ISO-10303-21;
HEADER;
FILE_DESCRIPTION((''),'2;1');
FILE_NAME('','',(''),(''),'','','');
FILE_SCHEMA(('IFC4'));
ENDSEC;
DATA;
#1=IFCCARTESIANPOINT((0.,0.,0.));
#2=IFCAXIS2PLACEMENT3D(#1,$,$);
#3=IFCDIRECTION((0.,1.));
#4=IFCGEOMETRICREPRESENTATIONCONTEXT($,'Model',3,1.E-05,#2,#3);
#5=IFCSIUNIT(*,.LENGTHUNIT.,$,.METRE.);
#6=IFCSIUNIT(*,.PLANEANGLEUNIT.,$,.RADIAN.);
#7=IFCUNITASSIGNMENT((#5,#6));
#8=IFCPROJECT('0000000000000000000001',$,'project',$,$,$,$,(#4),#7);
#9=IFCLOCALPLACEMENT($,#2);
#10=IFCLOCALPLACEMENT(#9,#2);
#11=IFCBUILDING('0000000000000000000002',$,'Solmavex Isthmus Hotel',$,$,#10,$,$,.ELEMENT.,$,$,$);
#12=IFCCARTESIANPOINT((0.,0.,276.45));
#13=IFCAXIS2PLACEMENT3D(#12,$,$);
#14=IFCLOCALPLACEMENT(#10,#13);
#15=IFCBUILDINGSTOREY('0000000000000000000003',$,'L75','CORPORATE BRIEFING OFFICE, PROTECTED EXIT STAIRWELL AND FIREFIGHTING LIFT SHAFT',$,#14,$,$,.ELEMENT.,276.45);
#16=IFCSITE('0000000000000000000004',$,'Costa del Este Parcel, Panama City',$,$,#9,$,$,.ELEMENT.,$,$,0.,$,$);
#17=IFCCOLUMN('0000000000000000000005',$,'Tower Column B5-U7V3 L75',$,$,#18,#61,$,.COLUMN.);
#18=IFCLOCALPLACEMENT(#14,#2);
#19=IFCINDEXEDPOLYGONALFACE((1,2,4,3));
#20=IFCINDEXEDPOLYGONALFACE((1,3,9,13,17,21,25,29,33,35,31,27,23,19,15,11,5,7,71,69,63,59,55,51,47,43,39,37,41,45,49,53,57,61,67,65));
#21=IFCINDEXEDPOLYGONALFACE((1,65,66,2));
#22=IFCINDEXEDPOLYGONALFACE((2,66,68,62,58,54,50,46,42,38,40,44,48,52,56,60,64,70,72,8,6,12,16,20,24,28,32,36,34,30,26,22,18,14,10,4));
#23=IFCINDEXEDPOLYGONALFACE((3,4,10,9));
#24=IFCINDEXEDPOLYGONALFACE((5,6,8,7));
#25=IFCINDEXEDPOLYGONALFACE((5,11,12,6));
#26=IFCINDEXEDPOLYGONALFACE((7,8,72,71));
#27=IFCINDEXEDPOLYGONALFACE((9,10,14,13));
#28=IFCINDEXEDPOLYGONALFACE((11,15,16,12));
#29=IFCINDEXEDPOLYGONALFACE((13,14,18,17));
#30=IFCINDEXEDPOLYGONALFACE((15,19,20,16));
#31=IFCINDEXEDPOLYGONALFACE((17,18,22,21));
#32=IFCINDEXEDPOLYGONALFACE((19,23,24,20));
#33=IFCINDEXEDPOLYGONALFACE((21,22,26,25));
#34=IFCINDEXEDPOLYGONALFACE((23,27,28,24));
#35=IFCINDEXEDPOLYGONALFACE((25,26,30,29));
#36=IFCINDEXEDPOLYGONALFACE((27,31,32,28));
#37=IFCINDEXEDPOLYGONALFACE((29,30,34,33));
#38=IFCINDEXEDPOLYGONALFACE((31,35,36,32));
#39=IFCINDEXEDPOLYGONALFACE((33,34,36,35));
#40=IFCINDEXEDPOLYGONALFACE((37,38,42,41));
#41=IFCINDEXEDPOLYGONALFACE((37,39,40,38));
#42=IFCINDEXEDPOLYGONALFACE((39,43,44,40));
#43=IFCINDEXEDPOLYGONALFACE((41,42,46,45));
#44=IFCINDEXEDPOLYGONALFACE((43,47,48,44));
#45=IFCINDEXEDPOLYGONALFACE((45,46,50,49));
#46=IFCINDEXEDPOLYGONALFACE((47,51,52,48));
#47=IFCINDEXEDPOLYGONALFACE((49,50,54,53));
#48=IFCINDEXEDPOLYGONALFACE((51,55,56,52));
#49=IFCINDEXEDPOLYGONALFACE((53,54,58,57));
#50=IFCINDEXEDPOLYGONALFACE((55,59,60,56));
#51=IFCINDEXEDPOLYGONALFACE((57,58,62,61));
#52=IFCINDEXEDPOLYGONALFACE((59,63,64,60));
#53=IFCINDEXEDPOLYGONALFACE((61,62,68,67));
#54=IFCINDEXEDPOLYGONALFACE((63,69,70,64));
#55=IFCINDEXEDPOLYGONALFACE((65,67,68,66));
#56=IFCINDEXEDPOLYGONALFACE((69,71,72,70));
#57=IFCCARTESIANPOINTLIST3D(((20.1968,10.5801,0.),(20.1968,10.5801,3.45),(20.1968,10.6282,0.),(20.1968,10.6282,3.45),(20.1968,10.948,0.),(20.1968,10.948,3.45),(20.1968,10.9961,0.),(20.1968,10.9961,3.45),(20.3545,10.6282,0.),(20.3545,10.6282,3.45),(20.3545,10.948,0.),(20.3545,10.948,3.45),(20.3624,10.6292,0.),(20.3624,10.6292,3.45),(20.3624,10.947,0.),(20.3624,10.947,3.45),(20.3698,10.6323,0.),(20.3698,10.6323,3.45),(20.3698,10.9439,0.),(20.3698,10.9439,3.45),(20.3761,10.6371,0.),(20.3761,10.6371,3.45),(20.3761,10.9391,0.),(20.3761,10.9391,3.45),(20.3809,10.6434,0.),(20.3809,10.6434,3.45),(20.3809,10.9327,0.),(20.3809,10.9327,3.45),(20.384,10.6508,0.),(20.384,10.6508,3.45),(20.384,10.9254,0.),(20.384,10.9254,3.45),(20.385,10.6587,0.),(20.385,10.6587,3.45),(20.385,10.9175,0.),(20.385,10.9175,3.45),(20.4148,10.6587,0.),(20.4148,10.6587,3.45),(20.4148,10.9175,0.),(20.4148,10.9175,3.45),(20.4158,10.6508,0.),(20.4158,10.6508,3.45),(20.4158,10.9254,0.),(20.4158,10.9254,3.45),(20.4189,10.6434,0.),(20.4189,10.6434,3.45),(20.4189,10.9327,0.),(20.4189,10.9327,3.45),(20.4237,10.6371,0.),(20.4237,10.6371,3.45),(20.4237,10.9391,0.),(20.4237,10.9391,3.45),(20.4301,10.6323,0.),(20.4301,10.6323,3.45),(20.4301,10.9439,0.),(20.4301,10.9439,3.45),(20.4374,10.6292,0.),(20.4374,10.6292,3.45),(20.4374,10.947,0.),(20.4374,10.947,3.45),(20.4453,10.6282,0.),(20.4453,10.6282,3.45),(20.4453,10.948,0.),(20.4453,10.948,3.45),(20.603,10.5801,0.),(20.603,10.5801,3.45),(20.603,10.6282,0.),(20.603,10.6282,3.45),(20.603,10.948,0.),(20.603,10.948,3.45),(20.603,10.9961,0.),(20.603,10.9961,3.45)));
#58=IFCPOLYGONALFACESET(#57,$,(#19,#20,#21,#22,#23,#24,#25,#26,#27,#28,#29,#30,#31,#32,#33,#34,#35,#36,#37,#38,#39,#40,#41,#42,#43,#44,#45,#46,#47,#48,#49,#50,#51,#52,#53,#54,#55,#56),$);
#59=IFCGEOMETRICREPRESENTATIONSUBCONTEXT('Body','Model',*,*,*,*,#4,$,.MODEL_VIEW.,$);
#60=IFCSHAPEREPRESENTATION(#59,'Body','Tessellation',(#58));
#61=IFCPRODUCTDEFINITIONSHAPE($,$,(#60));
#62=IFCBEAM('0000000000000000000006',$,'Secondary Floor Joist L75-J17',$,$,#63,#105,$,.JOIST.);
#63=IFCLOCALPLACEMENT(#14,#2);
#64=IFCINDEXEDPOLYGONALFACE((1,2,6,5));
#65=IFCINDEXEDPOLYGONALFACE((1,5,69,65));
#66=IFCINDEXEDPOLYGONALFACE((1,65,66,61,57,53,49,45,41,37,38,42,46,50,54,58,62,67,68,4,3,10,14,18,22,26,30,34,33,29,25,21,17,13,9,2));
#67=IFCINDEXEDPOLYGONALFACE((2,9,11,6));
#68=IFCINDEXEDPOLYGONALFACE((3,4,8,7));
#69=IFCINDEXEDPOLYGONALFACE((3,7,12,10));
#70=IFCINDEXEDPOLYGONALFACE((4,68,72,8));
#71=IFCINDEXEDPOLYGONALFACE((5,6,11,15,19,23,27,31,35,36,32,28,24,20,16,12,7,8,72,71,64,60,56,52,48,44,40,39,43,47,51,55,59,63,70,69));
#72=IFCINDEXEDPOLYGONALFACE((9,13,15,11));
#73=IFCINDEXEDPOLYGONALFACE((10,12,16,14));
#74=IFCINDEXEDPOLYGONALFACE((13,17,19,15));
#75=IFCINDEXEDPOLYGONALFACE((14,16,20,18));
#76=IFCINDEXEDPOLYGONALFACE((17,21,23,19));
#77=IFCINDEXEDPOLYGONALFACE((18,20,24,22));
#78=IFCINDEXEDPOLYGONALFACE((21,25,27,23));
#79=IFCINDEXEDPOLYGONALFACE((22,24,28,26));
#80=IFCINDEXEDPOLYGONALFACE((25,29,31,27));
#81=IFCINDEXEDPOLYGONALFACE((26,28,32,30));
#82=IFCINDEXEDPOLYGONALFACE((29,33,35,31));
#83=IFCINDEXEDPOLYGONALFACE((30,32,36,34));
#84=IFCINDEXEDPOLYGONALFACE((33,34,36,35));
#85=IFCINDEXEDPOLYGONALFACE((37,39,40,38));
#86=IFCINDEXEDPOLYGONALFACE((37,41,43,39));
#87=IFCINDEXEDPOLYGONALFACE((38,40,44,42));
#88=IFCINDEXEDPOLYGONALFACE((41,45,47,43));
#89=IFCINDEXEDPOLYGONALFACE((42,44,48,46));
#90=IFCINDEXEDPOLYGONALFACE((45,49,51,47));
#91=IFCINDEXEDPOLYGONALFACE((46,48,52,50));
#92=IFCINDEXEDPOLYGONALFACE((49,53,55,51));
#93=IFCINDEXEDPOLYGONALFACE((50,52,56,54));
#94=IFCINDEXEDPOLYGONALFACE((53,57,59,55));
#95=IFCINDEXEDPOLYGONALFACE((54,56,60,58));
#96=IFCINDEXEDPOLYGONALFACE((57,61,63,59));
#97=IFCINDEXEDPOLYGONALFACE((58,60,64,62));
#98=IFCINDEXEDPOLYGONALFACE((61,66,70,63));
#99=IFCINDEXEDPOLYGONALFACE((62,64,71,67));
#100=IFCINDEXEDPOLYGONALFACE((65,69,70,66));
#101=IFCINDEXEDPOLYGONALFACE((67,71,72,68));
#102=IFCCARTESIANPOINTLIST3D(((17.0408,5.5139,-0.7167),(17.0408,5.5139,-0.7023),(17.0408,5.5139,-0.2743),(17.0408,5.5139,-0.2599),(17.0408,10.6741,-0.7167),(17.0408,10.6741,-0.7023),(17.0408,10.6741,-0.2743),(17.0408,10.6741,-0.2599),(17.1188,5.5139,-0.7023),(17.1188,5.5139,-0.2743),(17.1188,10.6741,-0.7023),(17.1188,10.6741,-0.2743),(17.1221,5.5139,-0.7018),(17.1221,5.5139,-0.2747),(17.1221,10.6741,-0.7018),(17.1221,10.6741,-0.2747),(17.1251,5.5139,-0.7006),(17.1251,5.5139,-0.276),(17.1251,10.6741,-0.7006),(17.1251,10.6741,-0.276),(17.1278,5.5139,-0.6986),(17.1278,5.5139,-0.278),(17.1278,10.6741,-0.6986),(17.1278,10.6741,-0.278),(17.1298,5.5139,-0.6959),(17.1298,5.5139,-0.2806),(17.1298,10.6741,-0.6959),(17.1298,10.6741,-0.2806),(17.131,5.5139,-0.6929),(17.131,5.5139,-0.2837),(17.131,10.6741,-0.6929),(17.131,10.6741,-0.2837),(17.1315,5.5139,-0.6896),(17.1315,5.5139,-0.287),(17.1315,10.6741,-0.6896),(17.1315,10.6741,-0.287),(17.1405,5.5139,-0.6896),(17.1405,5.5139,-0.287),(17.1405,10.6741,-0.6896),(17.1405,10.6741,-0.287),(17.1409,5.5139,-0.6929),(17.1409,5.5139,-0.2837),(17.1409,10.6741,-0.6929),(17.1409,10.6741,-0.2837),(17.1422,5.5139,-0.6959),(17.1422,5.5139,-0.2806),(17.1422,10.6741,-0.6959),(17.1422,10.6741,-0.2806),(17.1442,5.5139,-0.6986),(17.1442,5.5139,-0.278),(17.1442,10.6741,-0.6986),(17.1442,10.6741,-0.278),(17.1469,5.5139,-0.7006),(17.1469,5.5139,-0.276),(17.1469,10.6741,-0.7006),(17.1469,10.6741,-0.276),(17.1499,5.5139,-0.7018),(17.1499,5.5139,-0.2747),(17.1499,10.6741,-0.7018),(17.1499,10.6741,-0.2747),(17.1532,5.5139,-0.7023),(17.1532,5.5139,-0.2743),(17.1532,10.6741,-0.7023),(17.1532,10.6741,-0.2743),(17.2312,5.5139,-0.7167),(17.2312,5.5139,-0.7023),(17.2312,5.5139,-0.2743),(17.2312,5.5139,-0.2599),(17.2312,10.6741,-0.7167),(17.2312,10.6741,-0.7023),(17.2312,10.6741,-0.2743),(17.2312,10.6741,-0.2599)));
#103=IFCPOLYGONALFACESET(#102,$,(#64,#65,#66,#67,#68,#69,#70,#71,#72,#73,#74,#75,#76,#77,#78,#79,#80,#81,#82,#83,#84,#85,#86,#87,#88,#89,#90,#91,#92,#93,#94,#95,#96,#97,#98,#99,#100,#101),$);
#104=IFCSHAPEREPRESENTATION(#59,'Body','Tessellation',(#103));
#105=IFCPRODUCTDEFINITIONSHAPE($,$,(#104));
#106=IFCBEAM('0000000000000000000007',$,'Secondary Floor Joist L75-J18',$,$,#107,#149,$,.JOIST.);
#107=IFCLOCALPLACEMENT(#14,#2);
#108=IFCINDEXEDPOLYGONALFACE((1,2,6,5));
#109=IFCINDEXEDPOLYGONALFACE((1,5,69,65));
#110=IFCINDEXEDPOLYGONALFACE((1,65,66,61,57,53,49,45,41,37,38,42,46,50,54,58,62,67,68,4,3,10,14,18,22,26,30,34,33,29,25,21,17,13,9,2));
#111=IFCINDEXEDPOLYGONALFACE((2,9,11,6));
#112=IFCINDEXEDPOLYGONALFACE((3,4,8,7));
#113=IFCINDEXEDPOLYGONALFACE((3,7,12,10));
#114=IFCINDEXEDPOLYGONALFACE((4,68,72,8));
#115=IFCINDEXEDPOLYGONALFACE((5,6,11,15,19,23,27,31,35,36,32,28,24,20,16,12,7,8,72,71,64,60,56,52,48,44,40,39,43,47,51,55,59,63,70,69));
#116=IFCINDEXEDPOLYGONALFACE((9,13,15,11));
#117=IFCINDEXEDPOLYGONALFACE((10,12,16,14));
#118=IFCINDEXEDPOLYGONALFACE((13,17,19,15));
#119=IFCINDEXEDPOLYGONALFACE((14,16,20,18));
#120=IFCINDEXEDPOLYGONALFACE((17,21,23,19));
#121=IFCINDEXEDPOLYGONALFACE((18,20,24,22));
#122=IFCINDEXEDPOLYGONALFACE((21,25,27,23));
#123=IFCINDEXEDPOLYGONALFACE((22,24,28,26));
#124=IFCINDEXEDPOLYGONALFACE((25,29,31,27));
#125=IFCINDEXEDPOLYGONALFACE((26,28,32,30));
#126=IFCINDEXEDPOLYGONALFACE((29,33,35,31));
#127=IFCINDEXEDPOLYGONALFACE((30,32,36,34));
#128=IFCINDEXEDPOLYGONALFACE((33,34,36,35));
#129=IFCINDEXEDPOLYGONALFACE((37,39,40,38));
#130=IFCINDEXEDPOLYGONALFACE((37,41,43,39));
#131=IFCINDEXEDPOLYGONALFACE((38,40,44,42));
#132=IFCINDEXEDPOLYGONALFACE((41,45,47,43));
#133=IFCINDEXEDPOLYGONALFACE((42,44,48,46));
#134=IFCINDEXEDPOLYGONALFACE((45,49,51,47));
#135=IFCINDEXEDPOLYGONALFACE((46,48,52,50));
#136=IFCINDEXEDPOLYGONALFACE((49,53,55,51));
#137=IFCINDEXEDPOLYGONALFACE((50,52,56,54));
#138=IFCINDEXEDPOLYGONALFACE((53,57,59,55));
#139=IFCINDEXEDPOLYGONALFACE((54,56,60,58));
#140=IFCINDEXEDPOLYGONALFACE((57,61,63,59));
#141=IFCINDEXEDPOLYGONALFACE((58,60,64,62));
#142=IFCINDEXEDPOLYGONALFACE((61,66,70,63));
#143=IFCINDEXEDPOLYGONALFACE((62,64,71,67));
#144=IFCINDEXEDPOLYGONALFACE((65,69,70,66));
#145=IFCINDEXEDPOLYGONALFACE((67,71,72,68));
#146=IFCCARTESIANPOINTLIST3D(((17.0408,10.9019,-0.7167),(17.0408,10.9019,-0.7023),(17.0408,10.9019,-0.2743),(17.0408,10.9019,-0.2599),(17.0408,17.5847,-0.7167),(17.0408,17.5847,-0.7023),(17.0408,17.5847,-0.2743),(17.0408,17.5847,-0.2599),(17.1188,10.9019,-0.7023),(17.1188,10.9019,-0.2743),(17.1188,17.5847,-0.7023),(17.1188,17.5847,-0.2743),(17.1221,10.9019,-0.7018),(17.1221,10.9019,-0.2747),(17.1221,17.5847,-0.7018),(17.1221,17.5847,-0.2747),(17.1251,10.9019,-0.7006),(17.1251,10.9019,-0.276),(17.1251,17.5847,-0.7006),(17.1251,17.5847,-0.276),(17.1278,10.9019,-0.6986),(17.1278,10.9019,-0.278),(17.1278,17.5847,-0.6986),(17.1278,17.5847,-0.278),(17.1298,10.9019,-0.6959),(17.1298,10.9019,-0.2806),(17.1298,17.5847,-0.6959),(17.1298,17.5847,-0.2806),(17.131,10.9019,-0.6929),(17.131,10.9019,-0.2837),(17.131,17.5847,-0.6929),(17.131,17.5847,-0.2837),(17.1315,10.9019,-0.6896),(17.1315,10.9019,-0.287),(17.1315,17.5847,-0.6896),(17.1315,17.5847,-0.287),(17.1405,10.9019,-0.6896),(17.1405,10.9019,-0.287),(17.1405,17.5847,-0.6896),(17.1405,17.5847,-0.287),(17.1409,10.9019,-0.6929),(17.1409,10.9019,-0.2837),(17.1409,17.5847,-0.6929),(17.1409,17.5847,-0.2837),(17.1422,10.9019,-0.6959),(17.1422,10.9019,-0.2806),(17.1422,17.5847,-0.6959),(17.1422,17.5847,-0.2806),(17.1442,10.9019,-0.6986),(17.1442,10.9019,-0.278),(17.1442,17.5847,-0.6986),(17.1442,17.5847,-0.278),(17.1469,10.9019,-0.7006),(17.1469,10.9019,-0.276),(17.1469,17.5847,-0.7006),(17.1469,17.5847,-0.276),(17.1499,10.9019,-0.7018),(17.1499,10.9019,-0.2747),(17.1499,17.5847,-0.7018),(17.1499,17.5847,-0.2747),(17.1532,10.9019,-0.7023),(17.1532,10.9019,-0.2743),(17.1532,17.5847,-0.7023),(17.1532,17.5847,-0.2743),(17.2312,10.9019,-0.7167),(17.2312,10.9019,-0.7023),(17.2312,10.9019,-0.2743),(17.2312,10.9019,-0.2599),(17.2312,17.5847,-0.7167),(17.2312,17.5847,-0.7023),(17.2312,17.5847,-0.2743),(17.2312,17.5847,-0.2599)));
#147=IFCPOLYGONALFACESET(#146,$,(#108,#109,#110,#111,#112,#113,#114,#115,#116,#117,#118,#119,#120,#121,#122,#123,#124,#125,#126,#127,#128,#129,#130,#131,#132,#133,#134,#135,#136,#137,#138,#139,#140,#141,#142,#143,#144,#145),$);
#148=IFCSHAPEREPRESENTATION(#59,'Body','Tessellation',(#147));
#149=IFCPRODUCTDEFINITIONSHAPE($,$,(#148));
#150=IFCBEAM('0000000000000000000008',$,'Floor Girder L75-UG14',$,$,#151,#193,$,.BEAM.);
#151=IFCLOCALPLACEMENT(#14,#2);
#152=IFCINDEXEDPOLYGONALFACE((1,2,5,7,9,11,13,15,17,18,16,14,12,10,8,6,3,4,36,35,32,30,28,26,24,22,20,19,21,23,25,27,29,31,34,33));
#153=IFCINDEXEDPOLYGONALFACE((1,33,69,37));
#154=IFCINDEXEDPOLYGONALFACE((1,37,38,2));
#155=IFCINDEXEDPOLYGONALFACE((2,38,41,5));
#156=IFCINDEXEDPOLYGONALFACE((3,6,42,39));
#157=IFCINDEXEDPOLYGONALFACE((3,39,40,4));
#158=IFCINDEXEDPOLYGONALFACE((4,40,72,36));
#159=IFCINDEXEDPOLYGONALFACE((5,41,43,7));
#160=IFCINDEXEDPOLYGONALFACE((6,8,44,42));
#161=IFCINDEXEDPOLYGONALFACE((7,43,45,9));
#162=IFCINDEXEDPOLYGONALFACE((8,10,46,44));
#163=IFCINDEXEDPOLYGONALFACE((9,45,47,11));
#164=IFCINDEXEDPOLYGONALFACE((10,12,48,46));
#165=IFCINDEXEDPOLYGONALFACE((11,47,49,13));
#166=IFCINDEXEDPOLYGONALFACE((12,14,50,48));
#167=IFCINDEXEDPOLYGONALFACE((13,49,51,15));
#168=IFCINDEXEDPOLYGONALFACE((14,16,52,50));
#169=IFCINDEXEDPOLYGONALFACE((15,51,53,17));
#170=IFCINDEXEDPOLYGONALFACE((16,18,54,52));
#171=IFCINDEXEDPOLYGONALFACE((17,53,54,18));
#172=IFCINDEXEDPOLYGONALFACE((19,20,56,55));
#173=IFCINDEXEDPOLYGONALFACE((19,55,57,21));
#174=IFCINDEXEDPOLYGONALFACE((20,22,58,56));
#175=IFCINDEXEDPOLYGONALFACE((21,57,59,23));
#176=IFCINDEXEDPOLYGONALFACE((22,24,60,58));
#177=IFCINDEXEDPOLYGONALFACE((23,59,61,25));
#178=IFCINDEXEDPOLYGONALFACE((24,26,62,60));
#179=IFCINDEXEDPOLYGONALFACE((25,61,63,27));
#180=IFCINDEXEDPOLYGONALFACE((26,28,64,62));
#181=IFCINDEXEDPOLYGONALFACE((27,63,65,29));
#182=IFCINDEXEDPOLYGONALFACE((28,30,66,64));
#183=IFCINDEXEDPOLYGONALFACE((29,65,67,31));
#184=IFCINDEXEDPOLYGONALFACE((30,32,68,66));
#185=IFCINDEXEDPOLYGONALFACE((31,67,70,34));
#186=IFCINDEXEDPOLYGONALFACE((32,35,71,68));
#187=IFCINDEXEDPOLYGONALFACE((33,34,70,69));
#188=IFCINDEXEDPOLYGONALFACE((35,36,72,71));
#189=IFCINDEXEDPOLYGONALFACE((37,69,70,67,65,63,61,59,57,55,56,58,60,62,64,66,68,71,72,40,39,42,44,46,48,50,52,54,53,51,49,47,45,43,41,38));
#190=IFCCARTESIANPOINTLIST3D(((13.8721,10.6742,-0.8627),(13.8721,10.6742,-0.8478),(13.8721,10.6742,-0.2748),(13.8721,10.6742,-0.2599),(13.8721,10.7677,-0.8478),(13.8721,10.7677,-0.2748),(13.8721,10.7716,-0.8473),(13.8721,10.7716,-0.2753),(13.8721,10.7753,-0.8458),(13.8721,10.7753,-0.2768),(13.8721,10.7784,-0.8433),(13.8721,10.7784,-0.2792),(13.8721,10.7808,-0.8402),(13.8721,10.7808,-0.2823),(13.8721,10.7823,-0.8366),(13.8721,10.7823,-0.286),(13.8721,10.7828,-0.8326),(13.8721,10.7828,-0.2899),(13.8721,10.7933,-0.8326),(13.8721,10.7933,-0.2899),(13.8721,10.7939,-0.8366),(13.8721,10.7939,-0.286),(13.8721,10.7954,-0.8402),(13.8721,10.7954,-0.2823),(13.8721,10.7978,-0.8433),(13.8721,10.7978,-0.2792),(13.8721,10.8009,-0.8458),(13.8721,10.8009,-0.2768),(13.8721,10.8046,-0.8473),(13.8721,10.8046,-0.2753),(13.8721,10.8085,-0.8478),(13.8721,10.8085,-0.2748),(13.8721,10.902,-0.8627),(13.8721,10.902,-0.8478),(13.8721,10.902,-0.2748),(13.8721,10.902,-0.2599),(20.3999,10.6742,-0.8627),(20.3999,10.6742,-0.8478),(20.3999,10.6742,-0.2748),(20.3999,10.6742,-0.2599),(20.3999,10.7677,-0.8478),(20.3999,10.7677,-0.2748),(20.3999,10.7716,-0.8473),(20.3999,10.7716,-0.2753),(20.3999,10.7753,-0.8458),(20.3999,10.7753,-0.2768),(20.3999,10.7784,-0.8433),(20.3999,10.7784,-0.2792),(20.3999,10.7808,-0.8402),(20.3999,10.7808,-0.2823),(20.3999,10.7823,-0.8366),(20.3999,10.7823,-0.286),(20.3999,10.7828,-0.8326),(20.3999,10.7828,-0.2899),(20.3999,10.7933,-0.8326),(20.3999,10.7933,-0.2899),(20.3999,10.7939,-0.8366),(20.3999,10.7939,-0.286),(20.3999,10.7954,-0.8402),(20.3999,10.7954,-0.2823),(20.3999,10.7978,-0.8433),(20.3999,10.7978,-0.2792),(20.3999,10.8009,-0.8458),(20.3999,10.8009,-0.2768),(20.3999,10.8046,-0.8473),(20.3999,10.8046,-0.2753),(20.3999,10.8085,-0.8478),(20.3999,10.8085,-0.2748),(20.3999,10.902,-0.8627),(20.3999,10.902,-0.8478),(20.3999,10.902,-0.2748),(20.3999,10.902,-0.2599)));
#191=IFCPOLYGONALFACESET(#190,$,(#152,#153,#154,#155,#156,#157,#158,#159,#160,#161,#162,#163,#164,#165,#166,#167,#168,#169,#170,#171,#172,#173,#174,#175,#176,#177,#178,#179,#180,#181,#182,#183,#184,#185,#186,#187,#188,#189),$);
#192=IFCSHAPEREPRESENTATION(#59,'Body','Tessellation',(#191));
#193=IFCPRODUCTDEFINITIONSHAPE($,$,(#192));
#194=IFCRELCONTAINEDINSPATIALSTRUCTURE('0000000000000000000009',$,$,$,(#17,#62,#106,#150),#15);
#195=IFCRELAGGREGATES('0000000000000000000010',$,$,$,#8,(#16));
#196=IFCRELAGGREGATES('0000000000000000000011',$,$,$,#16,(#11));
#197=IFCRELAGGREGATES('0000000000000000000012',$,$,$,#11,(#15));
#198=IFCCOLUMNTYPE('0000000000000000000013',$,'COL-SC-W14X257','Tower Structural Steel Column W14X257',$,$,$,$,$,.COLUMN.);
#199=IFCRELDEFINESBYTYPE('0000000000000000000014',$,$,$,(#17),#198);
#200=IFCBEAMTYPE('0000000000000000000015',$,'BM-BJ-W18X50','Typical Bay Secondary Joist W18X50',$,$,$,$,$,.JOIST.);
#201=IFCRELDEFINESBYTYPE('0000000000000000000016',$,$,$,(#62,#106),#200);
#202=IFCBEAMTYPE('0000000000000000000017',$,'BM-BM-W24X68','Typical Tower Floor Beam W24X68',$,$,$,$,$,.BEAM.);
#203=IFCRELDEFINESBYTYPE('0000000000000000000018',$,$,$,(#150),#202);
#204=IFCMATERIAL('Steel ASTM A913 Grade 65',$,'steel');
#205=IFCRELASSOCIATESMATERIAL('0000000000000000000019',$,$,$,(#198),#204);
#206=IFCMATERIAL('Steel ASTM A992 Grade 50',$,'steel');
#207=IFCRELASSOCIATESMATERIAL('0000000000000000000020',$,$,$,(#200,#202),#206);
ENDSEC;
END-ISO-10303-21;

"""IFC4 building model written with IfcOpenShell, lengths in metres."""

from ifc_helpers import new_model, si_unit, direction, frame, origin, origin_2d, place, context, subcontext, project, spatial, i_section, extrude, material, material_profile, profile_set, type_object, element, save


model = new_model("IFC4")

# Units and contexts
model_context = context("Model", 3, precision=1e-05, world=origin(), true_north=direction((0.0, 1.0)))
body_context = subcontext(model_context, "Body", "Model", "MODEL_VIEW")
ifc_project = project(units=[si_unit("LENGTHUNIT", "METRE"), si_unit("PLANEANGLEUNIT", "RADIAN")], contexts=[model_context])

# Site, building, storey
site_placement = place(None, origin())
site = spatial("IfcSite", under=ifc_project, at=site_placement, Name="Costa del Este Parcel, Panama City", CompositionType="ELEMENT", RefElevation=0.0)
building_placement = place(site_placement, origin())
building = spatial("IfcBuilding", under=site, at=building_placement, Name="Solmavex Isthmus Hotel", CompositionType="ELEMENT")
storey_placement = place(building_placement, frame((0.0, 0.0, 276.45)))
storey = spatial("IfcBuildingStorey", under=building, at=storey_placement, Name="L75", Description="CORPORATE BRIEFING OFFICE, PROTECTED EXIT STAIRWELL AND FIREFIGHTING LIFT SHAFT", CompositionType="ELEMENT", Elevation=276.45)

# Column
ifc_material_1 = material(Name="Steel ASTM A913 Grade 65", Category="steel")
ifc_material_profile_1 = material_profile(ifc_material_1, i_section(OverallWidth=0.4062, OverallDepth=0.416, WebThickness=0.0298, FlangeThickness=0.0481, FilletRadius=0.0305, at=origin_2d()), Name="W14X257")
ifc_profile_set_1 = profile_set([ifc_material_profile_1], Name="Steel ASTM A913 Grade 65")
column_type = type_object("IfcColumnType", Name="COL-SC-W14X257", Description="Tower Structural Steel Column W14X257", PredefinedType="COLUMN", material=ifc_profile_set_1)
column_placement = place(storey_placement, frame((20.3999, 10.7881, 0.0), z_axis=(0.0, 0.0, 1.0), x_axis=(1.0, 0.0, 0.0)))
element("IfcColumn", 1, at=column_placement, inside=storey, type_object=column_type, Name="Tower Column B5-U7V3 L75", PredefinedType="COLUMN", context=body_context, shape_type="SweptSolid", body=[
    extrude(i_section(OverallWidth=0.4062, OverallDepth=0.416, WebThickness=0.0298, FlangeThickness=0.0481, FilletRadius=0.0305, at=origin_2d()), origin(), (0.0, 0.0, 1.0), 3.45),
])

# Beams
ifc_material_2 = material(Name="Steel ASTM A992 Grade 50", Category="steel")
ifc_material_profile_2 = material_profile(ifc_material_2, i_section(OverallWidth=0.1904, OverallDepth=0.4568, WebThickness=0.009, FlangeThickness=0.0144, FilletRadius=0.0127, at=origin_2d()), Name="W18X50")
ifc_profile_set_2 = profile_set([ifc_material_profile_2], Name="Steel ASTM A992 Grade 50")
beam_type_1 = type_object("IfcBeamType", Name="BM-BJ-W18X50", Description="Typical Bay Secondary Joist W18X50", PredefinedType="JOIST", material=ifc_profile_set_2)
beam_1_placement = place(storey_placement, frame((17.136, 5.5139, -0.4883), z_axis=(0.0, 1.0, 0.0), x_axis=(-1.0, 0.0, 0.0)))
element("IfcBeam", 2, at=beam_1_placement, inside=storey, type_object=beam_type_1, Name="Secondary Floor Joist L75-J17", PredefinedType="JOIST", context=body_context, shape_type="SweptSolid", body=[
    extrude(i_section(OverallWidth=0.1904, OverallDepth=0.4568, WebThickness=0.009, FlangeThickness=0.0144, FilletRadius=0.0127, at=origin_2d()), origin(), (0.0, 0.0, 1.0), 5.1602),
])
beam_2_placement = place(storey_placement, frame((17.136, 10.9019, -0.4883), z_axis=(0.0, 1.0, 0.0), x_axis=(-1.0, 0.0, 0.0)))
element("IfcBeam", 3, at=beam_2_placement, inside=storey, type_object=beam_type_1, Name="Secondary Floor Joist L75-J18", PredefinedType="JOIST", context=body_context, shape_type="SweptSolid", body=[
    extrude(i_section(OverallWidth=0.1904, OverallDepth=0.4568, WebThickness=0.009, FlangeThickness=0.0144, FilletRadius=0.0127, at=origin_2d()), origin(), (0.0, 0.0, 1.0), 6.6829),
])
ifc_material_profile_3 = material_profile(ifc_material_2, i_section(OverallWidth=0.2278, OverallDepth=0.6028, WebThickness=0.0105, FlangeThickness=0.0149, FilletRadius=0.0151, at=origin_2d()), Name="W24X68")
ifc_profile_set_3 = profile_set([ifc_material_profile_3], Name="Steel ASTM A992 Grade 50")
beam_type_2 = type_object("IfcBeamType", Name="BM-BM-W24X68", Description="Typical Tower Floor Beam W24X68", PredefinedType="BEAM", material=ifc_profile_set_3)
beam_3_placement = place(storey_placement, frame((13.8721, 10.7881, -0.5613), z_axis=(1.0, 0.0, 0.0), x_axis=(0.0, 1.0, 0.0)))
element("IfcBeam", 4, at=beam_3_placement, inside=storey, type_object=beam_type_2, Name="Floor Girder L75-UG14", PredefinedType="BEAM", context=body_context, shape_type="SweptSolid", body=[
    extrude(i_section(OverallWidth=0.2278, OverallDepth=0.6028, WebThickness=0.0105, FlangeThickness=0.0149, FilletRadius=0.0151, at=origin_2d()), origin(), (0.0, 0.0, 1.0), 6.5278),
])

save(model, "model.ifc")
